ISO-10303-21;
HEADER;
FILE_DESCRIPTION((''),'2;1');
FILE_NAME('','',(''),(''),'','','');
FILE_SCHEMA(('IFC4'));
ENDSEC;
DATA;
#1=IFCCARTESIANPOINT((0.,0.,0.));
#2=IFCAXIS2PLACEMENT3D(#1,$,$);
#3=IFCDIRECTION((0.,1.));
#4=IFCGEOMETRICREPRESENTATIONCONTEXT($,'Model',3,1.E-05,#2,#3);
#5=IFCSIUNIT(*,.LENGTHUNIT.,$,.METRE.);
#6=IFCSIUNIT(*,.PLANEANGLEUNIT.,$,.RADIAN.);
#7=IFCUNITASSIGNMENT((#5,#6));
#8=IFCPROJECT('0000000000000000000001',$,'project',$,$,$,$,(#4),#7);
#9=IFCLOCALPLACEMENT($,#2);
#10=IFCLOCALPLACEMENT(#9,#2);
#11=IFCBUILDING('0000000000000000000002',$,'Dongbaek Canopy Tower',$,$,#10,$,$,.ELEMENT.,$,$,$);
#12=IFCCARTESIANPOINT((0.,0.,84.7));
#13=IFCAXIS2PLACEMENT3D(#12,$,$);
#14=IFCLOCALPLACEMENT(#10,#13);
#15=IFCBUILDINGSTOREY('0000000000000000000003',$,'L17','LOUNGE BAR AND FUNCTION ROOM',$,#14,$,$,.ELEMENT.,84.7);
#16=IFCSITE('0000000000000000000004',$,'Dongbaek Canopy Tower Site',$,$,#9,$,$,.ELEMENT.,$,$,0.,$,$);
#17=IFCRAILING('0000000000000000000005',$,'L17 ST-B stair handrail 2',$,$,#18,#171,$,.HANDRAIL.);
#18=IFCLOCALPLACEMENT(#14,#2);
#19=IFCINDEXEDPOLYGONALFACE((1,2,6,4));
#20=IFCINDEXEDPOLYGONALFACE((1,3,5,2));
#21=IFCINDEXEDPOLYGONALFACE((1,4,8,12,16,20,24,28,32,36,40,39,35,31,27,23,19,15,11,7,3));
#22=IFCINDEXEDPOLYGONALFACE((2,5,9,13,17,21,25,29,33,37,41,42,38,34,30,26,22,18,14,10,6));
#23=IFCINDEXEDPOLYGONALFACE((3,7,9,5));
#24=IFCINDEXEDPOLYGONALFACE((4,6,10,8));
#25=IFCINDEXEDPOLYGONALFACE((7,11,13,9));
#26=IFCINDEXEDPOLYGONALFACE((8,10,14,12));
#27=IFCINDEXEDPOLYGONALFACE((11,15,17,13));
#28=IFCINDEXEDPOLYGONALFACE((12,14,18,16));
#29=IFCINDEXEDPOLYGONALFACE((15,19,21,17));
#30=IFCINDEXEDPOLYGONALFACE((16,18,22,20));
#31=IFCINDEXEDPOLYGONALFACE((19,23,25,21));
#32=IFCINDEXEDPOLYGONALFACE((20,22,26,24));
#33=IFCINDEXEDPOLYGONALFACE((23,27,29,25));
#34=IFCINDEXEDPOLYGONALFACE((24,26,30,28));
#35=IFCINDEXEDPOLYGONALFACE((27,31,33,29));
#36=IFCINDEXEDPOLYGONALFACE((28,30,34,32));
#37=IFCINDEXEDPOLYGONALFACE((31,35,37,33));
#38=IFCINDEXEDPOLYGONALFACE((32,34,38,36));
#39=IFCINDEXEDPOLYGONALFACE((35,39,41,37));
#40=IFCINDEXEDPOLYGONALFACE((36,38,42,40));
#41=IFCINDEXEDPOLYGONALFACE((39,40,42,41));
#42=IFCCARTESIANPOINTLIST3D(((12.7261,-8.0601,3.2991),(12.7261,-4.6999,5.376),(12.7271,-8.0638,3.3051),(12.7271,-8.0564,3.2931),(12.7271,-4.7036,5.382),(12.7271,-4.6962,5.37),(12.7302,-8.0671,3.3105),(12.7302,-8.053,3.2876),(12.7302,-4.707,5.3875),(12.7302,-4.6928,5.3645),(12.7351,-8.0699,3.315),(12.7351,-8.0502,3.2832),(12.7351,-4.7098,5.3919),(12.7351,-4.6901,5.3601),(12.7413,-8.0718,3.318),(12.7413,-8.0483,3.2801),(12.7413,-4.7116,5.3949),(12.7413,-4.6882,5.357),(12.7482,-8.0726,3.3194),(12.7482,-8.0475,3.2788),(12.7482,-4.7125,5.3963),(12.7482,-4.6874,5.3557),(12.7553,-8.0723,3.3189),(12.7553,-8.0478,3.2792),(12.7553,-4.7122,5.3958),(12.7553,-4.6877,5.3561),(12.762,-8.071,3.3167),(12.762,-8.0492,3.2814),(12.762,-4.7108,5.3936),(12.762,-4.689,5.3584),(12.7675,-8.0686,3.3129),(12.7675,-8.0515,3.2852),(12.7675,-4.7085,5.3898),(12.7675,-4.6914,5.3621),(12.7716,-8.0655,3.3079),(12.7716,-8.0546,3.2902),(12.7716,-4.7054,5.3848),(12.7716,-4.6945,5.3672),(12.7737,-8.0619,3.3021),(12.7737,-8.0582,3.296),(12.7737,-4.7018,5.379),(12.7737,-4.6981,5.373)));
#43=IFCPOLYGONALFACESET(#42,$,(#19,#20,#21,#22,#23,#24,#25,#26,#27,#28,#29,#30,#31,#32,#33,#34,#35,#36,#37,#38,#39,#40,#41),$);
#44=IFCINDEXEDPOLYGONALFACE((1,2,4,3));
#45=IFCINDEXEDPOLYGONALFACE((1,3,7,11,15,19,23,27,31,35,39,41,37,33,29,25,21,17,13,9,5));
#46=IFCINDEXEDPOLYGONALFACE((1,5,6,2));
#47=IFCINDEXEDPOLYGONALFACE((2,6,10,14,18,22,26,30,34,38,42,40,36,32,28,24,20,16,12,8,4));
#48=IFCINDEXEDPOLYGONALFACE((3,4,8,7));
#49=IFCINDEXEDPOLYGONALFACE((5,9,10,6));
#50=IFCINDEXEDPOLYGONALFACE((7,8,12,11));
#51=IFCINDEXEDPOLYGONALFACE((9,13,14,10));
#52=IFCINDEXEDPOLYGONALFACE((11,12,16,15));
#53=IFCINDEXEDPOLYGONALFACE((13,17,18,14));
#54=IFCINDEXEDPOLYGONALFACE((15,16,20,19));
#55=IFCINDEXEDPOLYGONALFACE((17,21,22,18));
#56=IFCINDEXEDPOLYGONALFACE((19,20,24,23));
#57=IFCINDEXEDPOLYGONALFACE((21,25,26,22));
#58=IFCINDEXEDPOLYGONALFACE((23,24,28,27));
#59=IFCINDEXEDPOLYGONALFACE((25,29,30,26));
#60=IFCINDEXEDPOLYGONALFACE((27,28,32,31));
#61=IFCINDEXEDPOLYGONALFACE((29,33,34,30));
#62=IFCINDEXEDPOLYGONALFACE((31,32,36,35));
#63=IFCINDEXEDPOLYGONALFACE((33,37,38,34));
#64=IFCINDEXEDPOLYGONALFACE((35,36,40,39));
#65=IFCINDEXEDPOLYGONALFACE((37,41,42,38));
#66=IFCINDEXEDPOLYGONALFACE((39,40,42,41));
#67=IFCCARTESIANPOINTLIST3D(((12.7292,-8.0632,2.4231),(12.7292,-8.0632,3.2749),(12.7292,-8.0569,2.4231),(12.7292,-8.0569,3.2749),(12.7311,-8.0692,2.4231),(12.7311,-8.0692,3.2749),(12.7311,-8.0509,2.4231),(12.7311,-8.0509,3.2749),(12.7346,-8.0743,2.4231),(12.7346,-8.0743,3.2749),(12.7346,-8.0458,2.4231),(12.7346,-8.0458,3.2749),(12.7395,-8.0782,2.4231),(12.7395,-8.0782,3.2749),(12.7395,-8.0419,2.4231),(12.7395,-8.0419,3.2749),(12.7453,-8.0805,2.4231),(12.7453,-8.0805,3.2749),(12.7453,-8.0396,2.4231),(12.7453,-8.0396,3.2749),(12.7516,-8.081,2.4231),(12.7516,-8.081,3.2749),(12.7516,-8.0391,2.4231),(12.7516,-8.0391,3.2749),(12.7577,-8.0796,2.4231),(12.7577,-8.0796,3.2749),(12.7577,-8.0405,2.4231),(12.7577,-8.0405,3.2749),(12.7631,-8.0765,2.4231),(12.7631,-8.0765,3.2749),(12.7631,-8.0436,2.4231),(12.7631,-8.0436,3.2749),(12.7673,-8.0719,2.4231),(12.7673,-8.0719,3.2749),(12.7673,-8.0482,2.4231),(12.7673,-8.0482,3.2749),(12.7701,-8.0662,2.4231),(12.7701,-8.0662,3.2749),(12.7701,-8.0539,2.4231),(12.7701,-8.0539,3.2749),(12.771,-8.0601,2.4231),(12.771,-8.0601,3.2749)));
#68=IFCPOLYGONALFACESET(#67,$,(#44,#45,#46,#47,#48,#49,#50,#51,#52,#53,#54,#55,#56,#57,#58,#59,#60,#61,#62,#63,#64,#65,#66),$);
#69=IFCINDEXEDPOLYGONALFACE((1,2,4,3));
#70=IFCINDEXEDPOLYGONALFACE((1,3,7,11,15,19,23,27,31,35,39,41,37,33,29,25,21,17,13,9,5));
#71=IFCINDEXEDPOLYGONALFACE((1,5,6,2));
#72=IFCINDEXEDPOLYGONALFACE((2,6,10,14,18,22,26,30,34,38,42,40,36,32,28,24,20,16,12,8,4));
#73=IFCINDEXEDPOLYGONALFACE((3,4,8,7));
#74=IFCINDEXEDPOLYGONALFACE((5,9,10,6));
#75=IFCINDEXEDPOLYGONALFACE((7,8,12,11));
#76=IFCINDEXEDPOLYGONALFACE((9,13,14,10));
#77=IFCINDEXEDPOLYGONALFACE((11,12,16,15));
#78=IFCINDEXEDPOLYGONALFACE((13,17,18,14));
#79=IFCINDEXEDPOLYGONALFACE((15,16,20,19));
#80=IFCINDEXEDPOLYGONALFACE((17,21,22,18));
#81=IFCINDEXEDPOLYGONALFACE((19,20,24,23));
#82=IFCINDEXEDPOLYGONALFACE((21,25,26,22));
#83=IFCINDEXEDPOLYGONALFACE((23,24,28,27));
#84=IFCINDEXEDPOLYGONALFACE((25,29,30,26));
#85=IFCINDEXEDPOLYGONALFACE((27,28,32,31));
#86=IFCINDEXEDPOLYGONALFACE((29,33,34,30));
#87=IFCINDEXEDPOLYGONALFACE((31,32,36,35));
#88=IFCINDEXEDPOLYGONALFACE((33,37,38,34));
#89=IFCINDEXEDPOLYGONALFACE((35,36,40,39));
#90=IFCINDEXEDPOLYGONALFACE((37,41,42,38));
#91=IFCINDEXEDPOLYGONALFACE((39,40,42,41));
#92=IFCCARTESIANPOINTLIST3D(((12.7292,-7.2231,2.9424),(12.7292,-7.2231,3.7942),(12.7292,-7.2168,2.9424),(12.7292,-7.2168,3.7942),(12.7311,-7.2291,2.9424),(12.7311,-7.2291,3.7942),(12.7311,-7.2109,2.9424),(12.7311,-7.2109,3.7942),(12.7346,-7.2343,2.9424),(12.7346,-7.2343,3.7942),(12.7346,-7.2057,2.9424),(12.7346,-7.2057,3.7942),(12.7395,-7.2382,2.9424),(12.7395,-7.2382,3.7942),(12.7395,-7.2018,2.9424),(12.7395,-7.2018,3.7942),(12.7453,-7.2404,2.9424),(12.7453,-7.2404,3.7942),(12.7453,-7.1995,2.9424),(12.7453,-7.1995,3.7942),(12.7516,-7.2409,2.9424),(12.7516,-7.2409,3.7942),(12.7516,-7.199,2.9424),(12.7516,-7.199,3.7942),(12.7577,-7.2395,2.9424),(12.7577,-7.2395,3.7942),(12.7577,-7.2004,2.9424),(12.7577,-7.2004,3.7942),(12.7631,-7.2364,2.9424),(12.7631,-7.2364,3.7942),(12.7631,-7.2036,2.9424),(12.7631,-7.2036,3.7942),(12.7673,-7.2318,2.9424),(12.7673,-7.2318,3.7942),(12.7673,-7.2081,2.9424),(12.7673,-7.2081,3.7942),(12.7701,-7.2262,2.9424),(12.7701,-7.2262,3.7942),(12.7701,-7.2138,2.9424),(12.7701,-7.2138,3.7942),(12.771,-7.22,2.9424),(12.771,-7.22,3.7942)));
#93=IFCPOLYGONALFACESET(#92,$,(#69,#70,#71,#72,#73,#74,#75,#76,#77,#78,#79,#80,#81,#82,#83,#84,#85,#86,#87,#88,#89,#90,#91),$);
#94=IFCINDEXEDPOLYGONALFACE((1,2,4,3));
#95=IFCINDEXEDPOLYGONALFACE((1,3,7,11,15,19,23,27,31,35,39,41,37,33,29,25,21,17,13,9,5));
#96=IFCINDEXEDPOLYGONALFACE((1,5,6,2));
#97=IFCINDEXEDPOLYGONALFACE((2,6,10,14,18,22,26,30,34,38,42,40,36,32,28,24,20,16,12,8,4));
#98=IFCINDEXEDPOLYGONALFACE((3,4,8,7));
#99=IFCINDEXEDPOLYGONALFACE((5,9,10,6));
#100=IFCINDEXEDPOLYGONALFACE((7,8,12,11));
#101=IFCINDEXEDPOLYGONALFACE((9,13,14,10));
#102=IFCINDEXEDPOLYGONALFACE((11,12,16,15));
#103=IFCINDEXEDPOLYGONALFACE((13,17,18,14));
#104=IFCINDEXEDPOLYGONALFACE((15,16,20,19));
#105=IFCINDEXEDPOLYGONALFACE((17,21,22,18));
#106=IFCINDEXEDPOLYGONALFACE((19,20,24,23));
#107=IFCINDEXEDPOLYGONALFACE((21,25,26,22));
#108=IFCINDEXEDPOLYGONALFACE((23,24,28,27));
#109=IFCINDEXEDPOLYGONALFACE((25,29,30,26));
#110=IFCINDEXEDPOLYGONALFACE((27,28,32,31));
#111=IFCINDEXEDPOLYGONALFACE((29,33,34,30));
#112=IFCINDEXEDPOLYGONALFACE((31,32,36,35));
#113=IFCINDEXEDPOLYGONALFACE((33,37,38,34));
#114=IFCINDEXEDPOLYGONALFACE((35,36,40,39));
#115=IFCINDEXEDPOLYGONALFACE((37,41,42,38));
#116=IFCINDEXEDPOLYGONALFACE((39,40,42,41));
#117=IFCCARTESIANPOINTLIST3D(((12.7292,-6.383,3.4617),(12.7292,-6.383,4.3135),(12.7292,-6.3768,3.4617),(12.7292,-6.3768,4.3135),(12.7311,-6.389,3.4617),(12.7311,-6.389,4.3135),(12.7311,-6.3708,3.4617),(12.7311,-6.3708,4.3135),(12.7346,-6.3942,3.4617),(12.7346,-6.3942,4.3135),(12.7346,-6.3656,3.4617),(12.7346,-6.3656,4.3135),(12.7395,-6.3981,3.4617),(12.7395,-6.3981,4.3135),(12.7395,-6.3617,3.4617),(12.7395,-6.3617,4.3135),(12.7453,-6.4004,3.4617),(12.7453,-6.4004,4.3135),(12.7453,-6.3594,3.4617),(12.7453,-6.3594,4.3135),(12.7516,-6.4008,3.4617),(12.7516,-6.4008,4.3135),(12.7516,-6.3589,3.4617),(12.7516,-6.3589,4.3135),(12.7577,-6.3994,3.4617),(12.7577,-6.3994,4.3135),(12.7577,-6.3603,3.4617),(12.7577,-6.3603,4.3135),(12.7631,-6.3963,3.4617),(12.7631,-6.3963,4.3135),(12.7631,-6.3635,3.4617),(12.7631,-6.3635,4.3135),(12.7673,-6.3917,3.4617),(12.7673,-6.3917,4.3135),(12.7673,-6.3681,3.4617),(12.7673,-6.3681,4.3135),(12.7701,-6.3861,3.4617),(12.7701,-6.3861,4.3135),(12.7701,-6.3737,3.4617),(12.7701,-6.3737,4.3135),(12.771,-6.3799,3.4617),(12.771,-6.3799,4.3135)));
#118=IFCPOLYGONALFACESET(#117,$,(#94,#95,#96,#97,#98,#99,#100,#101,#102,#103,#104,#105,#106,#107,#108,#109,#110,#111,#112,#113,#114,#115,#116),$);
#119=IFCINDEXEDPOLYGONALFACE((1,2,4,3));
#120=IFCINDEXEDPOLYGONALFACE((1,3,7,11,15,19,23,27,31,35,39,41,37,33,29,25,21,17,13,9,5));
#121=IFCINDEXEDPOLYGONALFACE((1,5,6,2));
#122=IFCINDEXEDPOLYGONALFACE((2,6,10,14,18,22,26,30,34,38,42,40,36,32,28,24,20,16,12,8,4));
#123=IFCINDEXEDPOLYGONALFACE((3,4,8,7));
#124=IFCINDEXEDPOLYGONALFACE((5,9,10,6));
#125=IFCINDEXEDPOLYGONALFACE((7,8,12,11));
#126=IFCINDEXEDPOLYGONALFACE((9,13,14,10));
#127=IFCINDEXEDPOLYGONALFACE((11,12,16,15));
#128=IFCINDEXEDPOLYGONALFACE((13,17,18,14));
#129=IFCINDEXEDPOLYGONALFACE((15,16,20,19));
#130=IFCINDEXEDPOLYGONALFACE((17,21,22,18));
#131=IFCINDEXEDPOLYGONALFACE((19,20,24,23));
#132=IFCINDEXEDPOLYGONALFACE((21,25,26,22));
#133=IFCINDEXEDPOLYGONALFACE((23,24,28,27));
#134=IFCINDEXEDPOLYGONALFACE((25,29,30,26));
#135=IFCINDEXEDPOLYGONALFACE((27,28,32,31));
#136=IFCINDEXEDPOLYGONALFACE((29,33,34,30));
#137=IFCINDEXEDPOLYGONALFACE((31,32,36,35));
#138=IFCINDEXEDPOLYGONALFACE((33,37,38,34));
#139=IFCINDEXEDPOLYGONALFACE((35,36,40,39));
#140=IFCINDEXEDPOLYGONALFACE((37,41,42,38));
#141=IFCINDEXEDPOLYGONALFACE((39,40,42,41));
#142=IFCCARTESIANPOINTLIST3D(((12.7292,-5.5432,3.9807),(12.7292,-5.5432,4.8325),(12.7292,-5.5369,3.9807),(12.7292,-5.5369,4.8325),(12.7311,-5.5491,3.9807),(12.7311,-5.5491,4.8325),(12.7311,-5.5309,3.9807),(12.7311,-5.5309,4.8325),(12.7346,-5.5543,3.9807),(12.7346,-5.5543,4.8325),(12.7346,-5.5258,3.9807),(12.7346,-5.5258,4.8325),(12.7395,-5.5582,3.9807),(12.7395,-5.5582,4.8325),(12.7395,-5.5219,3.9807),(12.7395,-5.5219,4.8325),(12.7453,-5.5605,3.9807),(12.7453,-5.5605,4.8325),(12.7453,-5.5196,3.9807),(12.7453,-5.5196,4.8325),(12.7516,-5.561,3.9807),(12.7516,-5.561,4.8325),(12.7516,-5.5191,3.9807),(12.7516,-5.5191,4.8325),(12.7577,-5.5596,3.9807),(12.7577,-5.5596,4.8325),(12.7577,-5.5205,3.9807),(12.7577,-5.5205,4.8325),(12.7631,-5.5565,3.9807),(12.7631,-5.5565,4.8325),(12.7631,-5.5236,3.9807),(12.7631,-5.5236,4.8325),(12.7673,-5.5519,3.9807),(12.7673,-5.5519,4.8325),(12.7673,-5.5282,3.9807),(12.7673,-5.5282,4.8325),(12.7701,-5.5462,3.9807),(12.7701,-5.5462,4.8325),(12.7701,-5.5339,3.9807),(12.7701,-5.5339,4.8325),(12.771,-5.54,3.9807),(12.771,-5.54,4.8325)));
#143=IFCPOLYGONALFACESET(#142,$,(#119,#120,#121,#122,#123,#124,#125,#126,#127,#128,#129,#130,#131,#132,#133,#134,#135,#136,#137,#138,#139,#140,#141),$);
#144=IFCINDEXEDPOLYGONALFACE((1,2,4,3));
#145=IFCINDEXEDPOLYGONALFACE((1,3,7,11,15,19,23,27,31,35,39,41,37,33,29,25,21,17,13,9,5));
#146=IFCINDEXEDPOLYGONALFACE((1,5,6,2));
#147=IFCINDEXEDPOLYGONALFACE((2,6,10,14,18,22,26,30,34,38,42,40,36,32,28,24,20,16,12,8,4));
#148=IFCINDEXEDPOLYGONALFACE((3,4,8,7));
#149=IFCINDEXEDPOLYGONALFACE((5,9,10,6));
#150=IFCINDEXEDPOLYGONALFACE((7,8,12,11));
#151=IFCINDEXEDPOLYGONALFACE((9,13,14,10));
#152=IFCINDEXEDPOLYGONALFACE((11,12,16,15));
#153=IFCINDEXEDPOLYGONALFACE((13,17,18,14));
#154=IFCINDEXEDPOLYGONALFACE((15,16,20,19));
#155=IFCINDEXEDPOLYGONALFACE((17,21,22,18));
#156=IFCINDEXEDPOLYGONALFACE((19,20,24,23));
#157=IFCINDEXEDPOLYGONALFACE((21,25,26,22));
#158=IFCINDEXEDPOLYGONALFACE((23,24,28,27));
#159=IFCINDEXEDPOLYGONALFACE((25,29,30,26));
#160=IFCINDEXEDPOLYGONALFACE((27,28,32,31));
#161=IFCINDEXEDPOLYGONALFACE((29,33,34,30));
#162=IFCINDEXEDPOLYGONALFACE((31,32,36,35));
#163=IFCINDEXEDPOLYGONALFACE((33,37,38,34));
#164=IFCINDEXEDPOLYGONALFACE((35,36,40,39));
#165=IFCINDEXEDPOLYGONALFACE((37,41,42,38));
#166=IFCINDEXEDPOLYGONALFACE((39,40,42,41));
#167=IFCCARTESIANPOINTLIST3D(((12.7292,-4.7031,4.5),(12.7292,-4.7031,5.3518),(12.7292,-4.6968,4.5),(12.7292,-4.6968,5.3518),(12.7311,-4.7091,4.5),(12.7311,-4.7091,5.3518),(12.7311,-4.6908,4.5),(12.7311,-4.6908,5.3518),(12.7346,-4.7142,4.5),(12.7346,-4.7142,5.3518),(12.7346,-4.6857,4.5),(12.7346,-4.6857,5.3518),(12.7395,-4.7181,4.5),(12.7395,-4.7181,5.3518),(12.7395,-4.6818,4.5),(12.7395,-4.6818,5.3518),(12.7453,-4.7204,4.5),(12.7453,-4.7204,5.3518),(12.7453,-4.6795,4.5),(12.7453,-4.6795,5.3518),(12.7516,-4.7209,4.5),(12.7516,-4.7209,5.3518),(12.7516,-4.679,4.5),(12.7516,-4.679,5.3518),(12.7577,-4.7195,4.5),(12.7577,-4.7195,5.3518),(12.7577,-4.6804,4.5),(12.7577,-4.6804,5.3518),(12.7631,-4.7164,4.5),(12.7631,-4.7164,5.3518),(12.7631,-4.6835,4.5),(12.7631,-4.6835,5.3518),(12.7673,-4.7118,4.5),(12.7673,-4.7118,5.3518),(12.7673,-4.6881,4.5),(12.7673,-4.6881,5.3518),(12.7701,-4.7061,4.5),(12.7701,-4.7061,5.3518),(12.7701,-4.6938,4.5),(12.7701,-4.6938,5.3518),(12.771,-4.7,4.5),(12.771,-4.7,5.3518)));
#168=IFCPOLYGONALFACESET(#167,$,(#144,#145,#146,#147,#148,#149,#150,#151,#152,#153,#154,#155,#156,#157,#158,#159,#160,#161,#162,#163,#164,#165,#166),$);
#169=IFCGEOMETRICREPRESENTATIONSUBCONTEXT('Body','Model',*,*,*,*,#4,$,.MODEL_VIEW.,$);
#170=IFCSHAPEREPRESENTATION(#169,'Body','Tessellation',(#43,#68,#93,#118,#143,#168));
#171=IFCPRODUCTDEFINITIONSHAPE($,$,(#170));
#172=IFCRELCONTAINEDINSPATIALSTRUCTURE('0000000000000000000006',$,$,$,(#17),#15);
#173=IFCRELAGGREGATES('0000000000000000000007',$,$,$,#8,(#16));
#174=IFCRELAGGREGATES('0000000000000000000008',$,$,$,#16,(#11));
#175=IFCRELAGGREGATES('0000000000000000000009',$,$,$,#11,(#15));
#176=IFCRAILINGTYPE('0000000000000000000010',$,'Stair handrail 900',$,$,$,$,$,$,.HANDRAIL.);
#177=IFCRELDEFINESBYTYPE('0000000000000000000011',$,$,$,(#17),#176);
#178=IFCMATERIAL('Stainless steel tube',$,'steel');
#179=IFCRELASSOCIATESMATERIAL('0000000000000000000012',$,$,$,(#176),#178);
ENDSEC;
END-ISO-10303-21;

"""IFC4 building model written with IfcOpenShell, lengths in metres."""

from ifc_helpers import new_model, si_unit, direction, frame, origin, origin_2d, place, context, subcontext, project, spatial, circle, extrude, material, type_object, element, save


model = new_model("IFC4")

# Units and contexts
model_context = context("Model", 3, precision=1e-05, world=origin(), true_north=direction((0.0, 1.0)))
body_context = subcontext(model_context, "Body", "Model", "MODEL_VIEW")
ifc_project = project(units=[si_unit("LENGTHUNIT", "METRE"), si_unit("PLANEANGLEUNIT", "RADIAN")], contexts=[model_context])

# Site, building, storey
site_placement = place(None, origin())
site = spatial("IfcSite", under=ifc_project, at=site_placement, Name="Dongbaek Canopy Tower Site", CompositionType="ELEMENT", RefElevation=0.0)
building_placement = place(site_placement, origin())
building = spatial("IfcBuilding", under=site, at=building_placement, Name="Dongbaek Canopy Tower", CompositionType="ELEMENT")
storey_placement = place(building_placement, frame((0.0, 0.0, 84.7)))
storey = spatial("IfcBuildingStorey", under=building, at=storey_placement, Name="L17", Description="LOUNGE BAR AND FUNCTION ROOM", CompositionType="ELEMENT", Elevation=84.7)

# Railing
ifc_material_1 = material(Name="Stainless steel tube", Category="steel")
railing_type_1 = type_object("IfcRailingType", Name="Stair handrail 900", PredefinedType="HANDRAIL", material=ifc_material_1)
railing_1_placement = place(storey_placement, frame((12.75, -8.0601, 2.4231)))
element("IfcRailing", 1, at=railing_1_placement, inside=storey, type_object=railing_type_1, Name="L17 ST-B stair handrail 2", PredefinedType="HANDRAIL", context=body_context, shape_type="SweptSolid", body=[
    extrude(circle(Radius=0.0239, at=origin_2d()), frame((0.0, 0.0, 0.876), z_axis=(0.0, 0.850623, 0.525776), x_axis=(-1.0, 0.0, 0.0)), (0.0, 0.0, 1.0), 3.9502),
    extrude(circle(Radius=0.021, at=origin_2d()), origin(), (0.0, 0.0, 1.0), 0.8518),
    extrude(circle(Radius=0.021, at=origin_2d()), frame((0.0, 0.8401, 0.5193)), (0.0, 0.0, 1.0), 0.8518),
    extrude(circle(Radius=0.021, at=origin_2d()), frame((0.0, 1.6802, 1.0386)), (0.0, 0.0, 1.0), 0.8518),
    extrude(circle(Radius=0.021, at=origin_2d()), frame((0.0, 2.52, 1.5576)), (0.0, 0.0, 1.0), 0.8518),
    extrude(circle(Radius=0.021, at=origin_2d()), frame((0.0, 3.3601, 2.0769)), (0.0, 0.0, 1.0), 0.8518),
])

save(model, "model.ifc")
